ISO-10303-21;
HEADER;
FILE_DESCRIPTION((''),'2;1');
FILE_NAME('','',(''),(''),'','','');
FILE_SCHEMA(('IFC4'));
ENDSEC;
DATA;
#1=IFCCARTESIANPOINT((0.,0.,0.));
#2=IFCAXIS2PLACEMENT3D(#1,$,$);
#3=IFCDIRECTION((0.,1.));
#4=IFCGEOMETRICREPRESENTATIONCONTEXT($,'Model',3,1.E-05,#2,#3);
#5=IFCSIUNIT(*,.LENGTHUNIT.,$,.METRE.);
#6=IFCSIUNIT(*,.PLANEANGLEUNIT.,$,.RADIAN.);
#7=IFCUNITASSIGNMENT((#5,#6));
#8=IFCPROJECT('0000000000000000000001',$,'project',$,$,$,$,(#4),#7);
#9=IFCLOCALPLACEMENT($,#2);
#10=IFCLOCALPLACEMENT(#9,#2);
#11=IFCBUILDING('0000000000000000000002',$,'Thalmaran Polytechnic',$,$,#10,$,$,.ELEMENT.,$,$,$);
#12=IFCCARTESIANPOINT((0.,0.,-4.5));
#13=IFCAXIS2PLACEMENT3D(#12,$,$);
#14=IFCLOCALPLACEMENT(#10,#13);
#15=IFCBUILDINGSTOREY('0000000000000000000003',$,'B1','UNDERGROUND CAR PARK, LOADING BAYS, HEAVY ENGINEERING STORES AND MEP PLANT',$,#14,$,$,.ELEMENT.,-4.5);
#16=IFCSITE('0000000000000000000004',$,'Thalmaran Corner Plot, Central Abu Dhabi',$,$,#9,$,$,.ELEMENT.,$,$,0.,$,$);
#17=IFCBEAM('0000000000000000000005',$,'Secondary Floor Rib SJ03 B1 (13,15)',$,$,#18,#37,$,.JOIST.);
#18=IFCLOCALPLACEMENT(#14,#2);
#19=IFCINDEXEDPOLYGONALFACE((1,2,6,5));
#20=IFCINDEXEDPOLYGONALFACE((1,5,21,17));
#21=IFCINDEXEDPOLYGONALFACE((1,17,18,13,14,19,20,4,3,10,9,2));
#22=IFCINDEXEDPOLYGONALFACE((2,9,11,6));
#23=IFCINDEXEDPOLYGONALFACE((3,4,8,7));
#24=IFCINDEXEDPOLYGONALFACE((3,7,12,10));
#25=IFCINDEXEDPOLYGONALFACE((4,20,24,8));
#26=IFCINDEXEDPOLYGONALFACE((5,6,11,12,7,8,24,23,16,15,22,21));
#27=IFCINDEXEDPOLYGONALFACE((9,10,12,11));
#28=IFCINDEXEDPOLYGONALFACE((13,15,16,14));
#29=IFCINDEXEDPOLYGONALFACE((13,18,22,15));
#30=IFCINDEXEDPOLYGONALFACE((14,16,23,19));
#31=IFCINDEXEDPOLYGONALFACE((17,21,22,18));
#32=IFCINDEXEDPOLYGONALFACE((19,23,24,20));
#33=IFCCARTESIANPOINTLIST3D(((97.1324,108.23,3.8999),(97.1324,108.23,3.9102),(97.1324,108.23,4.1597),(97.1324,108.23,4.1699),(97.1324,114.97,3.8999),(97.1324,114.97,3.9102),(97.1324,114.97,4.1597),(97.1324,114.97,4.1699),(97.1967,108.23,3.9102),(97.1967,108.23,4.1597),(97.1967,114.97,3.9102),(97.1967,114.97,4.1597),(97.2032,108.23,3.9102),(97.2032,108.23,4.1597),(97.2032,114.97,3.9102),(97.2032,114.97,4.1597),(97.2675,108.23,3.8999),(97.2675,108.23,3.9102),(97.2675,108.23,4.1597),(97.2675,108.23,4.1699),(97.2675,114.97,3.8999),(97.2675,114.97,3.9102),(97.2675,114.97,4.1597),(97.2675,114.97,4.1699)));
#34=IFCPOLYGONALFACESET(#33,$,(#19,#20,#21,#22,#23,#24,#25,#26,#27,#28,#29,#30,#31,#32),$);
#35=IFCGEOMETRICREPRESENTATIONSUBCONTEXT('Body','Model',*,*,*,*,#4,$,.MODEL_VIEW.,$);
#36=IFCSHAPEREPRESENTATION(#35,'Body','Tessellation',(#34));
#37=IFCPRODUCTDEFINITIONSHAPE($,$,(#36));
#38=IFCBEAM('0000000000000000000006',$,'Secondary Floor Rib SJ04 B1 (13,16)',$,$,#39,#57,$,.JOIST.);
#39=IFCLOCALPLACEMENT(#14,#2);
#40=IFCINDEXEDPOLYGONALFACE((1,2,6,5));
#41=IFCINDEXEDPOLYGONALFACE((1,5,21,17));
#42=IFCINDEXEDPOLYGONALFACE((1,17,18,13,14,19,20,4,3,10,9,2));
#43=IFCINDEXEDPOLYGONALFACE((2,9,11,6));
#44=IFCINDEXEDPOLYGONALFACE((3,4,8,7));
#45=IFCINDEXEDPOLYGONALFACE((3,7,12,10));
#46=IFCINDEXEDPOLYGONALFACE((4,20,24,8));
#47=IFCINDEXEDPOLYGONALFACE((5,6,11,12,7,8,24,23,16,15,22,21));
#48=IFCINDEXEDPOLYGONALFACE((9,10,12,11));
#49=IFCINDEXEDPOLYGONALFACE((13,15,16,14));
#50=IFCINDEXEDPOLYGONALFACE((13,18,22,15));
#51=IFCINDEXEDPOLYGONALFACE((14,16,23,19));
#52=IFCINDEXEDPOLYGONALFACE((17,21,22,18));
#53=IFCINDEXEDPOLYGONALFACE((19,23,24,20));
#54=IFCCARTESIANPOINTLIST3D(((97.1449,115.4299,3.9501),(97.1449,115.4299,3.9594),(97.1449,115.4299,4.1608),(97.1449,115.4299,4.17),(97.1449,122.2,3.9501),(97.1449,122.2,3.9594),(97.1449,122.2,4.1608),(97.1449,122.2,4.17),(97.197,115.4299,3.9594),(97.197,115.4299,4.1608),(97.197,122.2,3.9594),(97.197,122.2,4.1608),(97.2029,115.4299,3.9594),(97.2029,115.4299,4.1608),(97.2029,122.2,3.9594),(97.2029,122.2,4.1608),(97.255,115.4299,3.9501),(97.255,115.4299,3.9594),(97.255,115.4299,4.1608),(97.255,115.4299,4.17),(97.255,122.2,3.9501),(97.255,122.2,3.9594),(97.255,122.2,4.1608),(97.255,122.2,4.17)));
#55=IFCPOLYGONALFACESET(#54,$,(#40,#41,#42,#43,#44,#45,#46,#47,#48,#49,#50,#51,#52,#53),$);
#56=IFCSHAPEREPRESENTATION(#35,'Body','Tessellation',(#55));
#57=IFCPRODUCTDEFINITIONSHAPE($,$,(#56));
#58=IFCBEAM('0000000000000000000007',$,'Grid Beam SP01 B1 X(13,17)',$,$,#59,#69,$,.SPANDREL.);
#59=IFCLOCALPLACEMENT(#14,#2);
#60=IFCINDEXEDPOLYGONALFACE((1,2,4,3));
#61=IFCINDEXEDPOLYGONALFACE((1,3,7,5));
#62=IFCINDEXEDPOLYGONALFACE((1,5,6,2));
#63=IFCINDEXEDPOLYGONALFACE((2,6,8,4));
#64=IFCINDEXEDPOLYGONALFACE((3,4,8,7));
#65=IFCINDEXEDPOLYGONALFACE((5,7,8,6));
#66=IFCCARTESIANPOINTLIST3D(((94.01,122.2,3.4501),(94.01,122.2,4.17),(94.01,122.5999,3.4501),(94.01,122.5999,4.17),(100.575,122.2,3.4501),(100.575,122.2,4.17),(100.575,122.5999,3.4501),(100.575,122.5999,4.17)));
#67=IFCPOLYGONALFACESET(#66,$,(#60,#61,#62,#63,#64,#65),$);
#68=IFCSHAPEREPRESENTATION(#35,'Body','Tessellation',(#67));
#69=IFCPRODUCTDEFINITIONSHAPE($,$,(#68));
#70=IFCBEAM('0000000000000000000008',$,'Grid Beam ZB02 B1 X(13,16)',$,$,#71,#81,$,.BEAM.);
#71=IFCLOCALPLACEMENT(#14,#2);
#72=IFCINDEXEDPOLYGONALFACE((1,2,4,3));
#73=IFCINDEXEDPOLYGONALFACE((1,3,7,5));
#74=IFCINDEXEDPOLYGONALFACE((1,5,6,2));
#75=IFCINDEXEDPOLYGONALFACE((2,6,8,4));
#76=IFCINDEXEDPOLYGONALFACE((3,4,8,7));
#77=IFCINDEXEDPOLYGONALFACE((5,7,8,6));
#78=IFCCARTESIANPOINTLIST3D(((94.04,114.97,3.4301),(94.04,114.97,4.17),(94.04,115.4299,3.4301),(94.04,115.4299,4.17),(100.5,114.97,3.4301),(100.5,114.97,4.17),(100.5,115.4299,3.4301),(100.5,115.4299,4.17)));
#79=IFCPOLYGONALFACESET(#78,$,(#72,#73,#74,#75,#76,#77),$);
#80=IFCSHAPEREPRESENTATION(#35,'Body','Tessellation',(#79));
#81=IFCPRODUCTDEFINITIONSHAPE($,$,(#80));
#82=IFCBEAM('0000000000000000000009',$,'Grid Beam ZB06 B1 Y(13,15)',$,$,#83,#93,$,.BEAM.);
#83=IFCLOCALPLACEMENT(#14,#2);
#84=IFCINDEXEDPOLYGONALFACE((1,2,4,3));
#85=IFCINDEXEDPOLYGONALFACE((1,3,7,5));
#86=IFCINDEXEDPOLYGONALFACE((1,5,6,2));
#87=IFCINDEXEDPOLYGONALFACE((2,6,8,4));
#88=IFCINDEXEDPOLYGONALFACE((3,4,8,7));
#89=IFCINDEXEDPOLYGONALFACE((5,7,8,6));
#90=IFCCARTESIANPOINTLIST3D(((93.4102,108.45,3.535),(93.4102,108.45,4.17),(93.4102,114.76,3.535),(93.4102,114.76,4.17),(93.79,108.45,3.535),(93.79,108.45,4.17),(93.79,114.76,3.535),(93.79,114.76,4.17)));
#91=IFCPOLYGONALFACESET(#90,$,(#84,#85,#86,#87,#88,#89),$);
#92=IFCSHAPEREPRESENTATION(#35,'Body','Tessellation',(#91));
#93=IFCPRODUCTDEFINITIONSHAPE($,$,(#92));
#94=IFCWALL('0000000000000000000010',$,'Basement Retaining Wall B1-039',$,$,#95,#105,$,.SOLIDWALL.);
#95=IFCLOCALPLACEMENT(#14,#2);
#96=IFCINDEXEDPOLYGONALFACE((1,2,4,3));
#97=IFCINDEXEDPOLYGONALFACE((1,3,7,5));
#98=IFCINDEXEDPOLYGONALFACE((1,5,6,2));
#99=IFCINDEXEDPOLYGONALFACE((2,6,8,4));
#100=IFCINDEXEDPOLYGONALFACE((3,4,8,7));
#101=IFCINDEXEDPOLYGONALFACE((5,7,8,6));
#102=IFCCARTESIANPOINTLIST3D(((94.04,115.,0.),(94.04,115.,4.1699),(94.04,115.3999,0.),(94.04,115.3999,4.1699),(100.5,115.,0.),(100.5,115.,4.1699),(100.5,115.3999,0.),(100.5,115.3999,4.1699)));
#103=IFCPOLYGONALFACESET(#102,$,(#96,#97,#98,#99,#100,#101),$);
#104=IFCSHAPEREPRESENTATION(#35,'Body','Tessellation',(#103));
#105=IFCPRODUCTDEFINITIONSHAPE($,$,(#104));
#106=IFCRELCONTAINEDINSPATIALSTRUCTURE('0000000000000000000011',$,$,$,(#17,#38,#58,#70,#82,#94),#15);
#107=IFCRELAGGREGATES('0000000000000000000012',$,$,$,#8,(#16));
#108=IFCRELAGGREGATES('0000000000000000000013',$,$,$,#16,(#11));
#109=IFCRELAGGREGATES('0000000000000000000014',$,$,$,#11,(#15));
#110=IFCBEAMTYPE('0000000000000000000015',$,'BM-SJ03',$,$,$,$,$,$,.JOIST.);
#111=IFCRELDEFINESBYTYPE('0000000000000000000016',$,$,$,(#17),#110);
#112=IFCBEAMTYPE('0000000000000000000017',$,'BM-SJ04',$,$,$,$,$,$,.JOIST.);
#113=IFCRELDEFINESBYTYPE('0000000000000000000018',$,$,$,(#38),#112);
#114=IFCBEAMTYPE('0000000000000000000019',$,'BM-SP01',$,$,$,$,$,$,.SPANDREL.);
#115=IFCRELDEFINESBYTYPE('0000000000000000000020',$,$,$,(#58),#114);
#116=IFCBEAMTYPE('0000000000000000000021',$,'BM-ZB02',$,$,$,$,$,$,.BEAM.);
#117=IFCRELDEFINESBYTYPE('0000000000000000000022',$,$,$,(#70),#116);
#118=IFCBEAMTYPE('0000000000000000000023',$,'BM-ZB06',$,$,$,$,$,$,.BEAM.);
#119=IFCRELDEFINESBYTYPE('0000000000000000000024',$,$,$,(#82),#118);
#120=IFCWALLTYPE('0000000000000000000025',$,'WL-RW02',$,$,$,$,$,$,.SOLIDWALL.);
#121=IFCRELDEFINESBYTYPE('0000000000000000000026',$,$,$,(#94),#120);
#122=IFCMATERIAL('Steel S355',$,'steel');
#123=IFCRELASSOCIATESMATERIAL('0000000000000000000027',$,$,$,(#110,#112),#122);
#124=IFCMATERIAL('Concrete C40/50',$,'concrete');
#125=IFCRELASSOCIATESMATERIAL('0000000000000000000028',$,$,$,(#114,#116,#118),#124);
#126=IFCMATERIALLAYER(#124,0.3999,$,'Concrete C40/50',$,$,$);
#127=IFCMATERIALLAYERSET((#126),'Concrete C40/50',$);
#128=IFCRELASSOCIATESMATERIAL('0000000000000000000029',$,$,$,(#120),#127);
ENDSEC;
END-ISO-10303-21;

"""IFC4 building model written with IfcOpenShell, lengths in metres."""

from ifc_helpers import new_model, si_unit, direction, frame, frame_2d, origin, origin_2d, place, context, subcontext, project, spatial, rectangle, i_section, extrude, material, layer, layer_set, material_profile, profile_set, type_object, element, save


model = new_model("IFC4")

# Units and contexts
model_context = context("Model", 3, precision=1e-05, world=origin(), true_north=direction((0.0, 1.0)))
body_context = subcontext(model_context, "Body", "Model", "MODEL_VIEW")
ifc_project = project(units=[si_unit("LENGTHUNIT", "METRE"), si_unit("PLANEANGLEUNIT", "RADIAN")], contexts=[model_context])

# Site, building, storey
site_placement = place(None, origin())
site = spatial("IfcSite", under=ifc_project, at=site_placement, Name="Thalmaran Corner Plot, Central Abu Dhabi", CompositionType="ELEMENT", RefElevation=0.0)
building_placement = place(site_placement, origin())
building = spatial("IfcBuilding", under=site, at=building_placement, Name="Thalmaran Polytechnic", CompositionType="ELEMENT")
storey_placement = place(building_placement, frame((0.0, 0.0, -4.5)))
storey = spatial("IfcBuildingStorey", under=building, at=storey_placement, Name="B1", Description="UNDERGROUND CAR PARK, LOADING BAYS, HEAVY ENGINEERING STORES AND MEP PLANT", CompositionType="ELEMENT", Elevation=-4.5)

# Shared definitions
ifc_material_1 = material(Name="Concrete C40/50", Category="concrete")

# Beams
ifc_material_2 = material(Name="Steel S355", Category="steel")
ifc_material_profile_1 = material_profile(ifc_material_2, i_section(OverallWidth=0.135, OverallDepth=0.27, WebThickness=0.0066, FlangeThickness=0.0103, at=origin_2d()), Name="IPE 270")
ifc_profile_set_1 = profile_set([ifc_material_profile_1], Name="Steel S355")
beam_type_1 = type_object("IfcBeamType", Name="BM-SJ03", PredefinedType="JOIST", material=ifc_profile_set_1)
beam_1_placement = place(storey_placement, frame((97.2, 108.23, 4.0349), z_axis=(0.0, 1.0, 0.0), x_axis=(-1.0, 0.0, 0.0)))
element("IfcBeam", 1, at=beam_1_placement, inside=storey, type_object=beam_type_1, Name="Secondary Floor Rib SJ03 B1 (13,15)", PredefinedType="JOIST", context=body_context, shape_type="SweptSolid", body=[
    extrude(i_section(OverallWidth=0.135, OverallDepth=0.27, WebThickness=0.0066, FlangeThickness=0.0103, at=origin_2d()), origin(), (0.0, 0.0, 1.0), 6.74),
])
ifc_material_profile_2 = material_profile(ifc_material_2, i_section(OverallWidth=0.1101, OverallDepth=0.22, WebThickness=0.0059, FlangeThickness=0.0093, at=origin_2d()), Name="IPE 220")
ifc_profile_set_2 = profile_set([ifc_material_profile_2], Name="Steel S355")
beam_type_2 = type_object("IfcBeamType", Name="BM-SJ04", PredefinedType="JOIST", material=ifc_profile_set_2)
beam_2_placement = place(storey_placement, frame((97.2, 115.4299, 4.0601), z_axis=(0.0, 1.0, 0.0), x_axis=(-1.0, 0.0, 0.0)))
element("IfcBeam", 2, at=beam_2_placement, inside=storey, type_object=beam_type_2, Name="Secondary Floor Rib SJ04 B1 (13,16)", PredefinedType="JOIST", context=body_context, shape_type="SweptSolid", body=[
    extrude(i_section(OverallWidth=0.1101, OverallDepth=0.22, WebThickness=0.0059, FlangeThickness=0.0093, at=origin_2d()), origin(), (0.0, 0.0, 1.0), 6.77),
])
ifc_material_profile_3 = material_profile(ifc_material_1, rectangle(XDim=0.3999, YDim=0.72, at=origin_2d()), Name="RC 400x720")
ifc_profile_set_3 = profile_set([ifc_material_profile_3], Name="Concrete C40/50")
beam_type_3 = type_object("IfcBeamType", Name="BM-SP01", PredefinedType="SPANDREL", material=ifc_profile_set_3)
beam_3_placement = place(storey_placement, frame((94.01, 122.3999, 3.8101), z_axis=(1.0, 0.0, 0.0), x_axis=(0.0, 1.0, 0.0)))
element("IfcBeam", 3, at=beam_3_placement, inside=storey, type_object=beam_type_3, Name="Grid Beam SP01 B1 X(13,17)", PredefinedType="SPANDREL", context=body_context, shape_type="SweptSolid", body=[
    extrude(rectangle(XDim=0.3999, YDim=0.72, at=origin_2d()), origin(), (0.0, 0.0, 1.0), 6.5649),
])
ifc_material_profile_4 = material_profile(ifc_material_1, rectangle(XDim=0.46, YDim=0.74, at=origin_2d()), Name="RC 460x740")
ifc_profile_set_4 = profile_set([ifc_material_profile_4], Name="Concrete C40/50")
beam_type_4 = type_object("IfcBeamType", Name="BM-ZB02", PredefinedType="BEAM", material=ifc_profile_set_4)
beam_4_placement = place(storey_placement, frame((94.04, 115.2, 3.8), z_axis=(1.0, 0.0, 0.0), x_axis=(0.0, 1.0, 0.0)))
element("IfcBeam", 4, at=beam_4_placement, inside=storey, type_object=beam_type_4, Name="Grid Beam ZB02 B1 X(13,16)", PredefinedType="BEAM", context=body_context, shape_type="SweptSolid", body=[
    extrude(rectangle(XDim=0.46, YDim=0.74, at=origin_2d()), origin(), (0.0, 0.0, 1.0), 6.46),
])
ifc_material_profile_5 = material_profile(ifc_material_1, rectangle(XDim=0.3799, YDim=0.635, at=origin_2d()), Name="RC 380x635")
ifc_profile_set_5 = profile_set([ifc_material_profile_5], Name="Concrete C40/50")
beam_type_5 = type_object("IfcBeamType", Name="BM-ZB06", PredefinedType="BEAM", material=ifc_profile_set_5)
beam_5_placement = place(storey_placement, frame((93.6001, 108.45, 3.8525), z_axis=(0.0, 1.0, 0.0), x_axis=(-1.0, 0.0, 0.0)))
element("IfcBeam", 5, at=beam_5_placement, inside=storey, type_object=beam_type_5, Name="Grid Beam ZB06 B1 Y(13,15)", PredefinedType="BEAM", context=body_context, shape_type="SweptSolid", body=[
    extrude(rectangle(XDim=0.3799, YDim=0.635, at=origin_2d()), origin(), (0.0, 0.0, 1.0), 6.3101),
])

# Wall
ifc_layer = layer(ifc_material_1, 0.3999, Name="Concrete C40/50")
ifc_layer_set = layer_set([ifc_layer], Name="Concrete C40/50")
wall_type = type_object("IfcWallType", Name="WL-RW02", PredefinedType="SOLIDWALL", material=ifc_layer_set)
wall_placement = place(storey_placement, frame((94.04, 115.2, 0.0), z_axis=(0.0, 0.0, 1.0), x_axis=(1.0, 0.0, 0.0)))
element("IfcWall", 6, at=wall_placement, inside=storey, type_object=wall_type, Name="Basement Retaining Wall B1-039", PredefinedType="SOLIDWALL", context=body_context, shape_type="SweptSolid", body=[
    extrude(rectangle(XDim=6.46, YDim=0.3999, at=frame_2d((3.23, 0.0))), origin(), (0.0, 0.0, 1.0), 4.1699),
])

save(model, "model.ifc")
